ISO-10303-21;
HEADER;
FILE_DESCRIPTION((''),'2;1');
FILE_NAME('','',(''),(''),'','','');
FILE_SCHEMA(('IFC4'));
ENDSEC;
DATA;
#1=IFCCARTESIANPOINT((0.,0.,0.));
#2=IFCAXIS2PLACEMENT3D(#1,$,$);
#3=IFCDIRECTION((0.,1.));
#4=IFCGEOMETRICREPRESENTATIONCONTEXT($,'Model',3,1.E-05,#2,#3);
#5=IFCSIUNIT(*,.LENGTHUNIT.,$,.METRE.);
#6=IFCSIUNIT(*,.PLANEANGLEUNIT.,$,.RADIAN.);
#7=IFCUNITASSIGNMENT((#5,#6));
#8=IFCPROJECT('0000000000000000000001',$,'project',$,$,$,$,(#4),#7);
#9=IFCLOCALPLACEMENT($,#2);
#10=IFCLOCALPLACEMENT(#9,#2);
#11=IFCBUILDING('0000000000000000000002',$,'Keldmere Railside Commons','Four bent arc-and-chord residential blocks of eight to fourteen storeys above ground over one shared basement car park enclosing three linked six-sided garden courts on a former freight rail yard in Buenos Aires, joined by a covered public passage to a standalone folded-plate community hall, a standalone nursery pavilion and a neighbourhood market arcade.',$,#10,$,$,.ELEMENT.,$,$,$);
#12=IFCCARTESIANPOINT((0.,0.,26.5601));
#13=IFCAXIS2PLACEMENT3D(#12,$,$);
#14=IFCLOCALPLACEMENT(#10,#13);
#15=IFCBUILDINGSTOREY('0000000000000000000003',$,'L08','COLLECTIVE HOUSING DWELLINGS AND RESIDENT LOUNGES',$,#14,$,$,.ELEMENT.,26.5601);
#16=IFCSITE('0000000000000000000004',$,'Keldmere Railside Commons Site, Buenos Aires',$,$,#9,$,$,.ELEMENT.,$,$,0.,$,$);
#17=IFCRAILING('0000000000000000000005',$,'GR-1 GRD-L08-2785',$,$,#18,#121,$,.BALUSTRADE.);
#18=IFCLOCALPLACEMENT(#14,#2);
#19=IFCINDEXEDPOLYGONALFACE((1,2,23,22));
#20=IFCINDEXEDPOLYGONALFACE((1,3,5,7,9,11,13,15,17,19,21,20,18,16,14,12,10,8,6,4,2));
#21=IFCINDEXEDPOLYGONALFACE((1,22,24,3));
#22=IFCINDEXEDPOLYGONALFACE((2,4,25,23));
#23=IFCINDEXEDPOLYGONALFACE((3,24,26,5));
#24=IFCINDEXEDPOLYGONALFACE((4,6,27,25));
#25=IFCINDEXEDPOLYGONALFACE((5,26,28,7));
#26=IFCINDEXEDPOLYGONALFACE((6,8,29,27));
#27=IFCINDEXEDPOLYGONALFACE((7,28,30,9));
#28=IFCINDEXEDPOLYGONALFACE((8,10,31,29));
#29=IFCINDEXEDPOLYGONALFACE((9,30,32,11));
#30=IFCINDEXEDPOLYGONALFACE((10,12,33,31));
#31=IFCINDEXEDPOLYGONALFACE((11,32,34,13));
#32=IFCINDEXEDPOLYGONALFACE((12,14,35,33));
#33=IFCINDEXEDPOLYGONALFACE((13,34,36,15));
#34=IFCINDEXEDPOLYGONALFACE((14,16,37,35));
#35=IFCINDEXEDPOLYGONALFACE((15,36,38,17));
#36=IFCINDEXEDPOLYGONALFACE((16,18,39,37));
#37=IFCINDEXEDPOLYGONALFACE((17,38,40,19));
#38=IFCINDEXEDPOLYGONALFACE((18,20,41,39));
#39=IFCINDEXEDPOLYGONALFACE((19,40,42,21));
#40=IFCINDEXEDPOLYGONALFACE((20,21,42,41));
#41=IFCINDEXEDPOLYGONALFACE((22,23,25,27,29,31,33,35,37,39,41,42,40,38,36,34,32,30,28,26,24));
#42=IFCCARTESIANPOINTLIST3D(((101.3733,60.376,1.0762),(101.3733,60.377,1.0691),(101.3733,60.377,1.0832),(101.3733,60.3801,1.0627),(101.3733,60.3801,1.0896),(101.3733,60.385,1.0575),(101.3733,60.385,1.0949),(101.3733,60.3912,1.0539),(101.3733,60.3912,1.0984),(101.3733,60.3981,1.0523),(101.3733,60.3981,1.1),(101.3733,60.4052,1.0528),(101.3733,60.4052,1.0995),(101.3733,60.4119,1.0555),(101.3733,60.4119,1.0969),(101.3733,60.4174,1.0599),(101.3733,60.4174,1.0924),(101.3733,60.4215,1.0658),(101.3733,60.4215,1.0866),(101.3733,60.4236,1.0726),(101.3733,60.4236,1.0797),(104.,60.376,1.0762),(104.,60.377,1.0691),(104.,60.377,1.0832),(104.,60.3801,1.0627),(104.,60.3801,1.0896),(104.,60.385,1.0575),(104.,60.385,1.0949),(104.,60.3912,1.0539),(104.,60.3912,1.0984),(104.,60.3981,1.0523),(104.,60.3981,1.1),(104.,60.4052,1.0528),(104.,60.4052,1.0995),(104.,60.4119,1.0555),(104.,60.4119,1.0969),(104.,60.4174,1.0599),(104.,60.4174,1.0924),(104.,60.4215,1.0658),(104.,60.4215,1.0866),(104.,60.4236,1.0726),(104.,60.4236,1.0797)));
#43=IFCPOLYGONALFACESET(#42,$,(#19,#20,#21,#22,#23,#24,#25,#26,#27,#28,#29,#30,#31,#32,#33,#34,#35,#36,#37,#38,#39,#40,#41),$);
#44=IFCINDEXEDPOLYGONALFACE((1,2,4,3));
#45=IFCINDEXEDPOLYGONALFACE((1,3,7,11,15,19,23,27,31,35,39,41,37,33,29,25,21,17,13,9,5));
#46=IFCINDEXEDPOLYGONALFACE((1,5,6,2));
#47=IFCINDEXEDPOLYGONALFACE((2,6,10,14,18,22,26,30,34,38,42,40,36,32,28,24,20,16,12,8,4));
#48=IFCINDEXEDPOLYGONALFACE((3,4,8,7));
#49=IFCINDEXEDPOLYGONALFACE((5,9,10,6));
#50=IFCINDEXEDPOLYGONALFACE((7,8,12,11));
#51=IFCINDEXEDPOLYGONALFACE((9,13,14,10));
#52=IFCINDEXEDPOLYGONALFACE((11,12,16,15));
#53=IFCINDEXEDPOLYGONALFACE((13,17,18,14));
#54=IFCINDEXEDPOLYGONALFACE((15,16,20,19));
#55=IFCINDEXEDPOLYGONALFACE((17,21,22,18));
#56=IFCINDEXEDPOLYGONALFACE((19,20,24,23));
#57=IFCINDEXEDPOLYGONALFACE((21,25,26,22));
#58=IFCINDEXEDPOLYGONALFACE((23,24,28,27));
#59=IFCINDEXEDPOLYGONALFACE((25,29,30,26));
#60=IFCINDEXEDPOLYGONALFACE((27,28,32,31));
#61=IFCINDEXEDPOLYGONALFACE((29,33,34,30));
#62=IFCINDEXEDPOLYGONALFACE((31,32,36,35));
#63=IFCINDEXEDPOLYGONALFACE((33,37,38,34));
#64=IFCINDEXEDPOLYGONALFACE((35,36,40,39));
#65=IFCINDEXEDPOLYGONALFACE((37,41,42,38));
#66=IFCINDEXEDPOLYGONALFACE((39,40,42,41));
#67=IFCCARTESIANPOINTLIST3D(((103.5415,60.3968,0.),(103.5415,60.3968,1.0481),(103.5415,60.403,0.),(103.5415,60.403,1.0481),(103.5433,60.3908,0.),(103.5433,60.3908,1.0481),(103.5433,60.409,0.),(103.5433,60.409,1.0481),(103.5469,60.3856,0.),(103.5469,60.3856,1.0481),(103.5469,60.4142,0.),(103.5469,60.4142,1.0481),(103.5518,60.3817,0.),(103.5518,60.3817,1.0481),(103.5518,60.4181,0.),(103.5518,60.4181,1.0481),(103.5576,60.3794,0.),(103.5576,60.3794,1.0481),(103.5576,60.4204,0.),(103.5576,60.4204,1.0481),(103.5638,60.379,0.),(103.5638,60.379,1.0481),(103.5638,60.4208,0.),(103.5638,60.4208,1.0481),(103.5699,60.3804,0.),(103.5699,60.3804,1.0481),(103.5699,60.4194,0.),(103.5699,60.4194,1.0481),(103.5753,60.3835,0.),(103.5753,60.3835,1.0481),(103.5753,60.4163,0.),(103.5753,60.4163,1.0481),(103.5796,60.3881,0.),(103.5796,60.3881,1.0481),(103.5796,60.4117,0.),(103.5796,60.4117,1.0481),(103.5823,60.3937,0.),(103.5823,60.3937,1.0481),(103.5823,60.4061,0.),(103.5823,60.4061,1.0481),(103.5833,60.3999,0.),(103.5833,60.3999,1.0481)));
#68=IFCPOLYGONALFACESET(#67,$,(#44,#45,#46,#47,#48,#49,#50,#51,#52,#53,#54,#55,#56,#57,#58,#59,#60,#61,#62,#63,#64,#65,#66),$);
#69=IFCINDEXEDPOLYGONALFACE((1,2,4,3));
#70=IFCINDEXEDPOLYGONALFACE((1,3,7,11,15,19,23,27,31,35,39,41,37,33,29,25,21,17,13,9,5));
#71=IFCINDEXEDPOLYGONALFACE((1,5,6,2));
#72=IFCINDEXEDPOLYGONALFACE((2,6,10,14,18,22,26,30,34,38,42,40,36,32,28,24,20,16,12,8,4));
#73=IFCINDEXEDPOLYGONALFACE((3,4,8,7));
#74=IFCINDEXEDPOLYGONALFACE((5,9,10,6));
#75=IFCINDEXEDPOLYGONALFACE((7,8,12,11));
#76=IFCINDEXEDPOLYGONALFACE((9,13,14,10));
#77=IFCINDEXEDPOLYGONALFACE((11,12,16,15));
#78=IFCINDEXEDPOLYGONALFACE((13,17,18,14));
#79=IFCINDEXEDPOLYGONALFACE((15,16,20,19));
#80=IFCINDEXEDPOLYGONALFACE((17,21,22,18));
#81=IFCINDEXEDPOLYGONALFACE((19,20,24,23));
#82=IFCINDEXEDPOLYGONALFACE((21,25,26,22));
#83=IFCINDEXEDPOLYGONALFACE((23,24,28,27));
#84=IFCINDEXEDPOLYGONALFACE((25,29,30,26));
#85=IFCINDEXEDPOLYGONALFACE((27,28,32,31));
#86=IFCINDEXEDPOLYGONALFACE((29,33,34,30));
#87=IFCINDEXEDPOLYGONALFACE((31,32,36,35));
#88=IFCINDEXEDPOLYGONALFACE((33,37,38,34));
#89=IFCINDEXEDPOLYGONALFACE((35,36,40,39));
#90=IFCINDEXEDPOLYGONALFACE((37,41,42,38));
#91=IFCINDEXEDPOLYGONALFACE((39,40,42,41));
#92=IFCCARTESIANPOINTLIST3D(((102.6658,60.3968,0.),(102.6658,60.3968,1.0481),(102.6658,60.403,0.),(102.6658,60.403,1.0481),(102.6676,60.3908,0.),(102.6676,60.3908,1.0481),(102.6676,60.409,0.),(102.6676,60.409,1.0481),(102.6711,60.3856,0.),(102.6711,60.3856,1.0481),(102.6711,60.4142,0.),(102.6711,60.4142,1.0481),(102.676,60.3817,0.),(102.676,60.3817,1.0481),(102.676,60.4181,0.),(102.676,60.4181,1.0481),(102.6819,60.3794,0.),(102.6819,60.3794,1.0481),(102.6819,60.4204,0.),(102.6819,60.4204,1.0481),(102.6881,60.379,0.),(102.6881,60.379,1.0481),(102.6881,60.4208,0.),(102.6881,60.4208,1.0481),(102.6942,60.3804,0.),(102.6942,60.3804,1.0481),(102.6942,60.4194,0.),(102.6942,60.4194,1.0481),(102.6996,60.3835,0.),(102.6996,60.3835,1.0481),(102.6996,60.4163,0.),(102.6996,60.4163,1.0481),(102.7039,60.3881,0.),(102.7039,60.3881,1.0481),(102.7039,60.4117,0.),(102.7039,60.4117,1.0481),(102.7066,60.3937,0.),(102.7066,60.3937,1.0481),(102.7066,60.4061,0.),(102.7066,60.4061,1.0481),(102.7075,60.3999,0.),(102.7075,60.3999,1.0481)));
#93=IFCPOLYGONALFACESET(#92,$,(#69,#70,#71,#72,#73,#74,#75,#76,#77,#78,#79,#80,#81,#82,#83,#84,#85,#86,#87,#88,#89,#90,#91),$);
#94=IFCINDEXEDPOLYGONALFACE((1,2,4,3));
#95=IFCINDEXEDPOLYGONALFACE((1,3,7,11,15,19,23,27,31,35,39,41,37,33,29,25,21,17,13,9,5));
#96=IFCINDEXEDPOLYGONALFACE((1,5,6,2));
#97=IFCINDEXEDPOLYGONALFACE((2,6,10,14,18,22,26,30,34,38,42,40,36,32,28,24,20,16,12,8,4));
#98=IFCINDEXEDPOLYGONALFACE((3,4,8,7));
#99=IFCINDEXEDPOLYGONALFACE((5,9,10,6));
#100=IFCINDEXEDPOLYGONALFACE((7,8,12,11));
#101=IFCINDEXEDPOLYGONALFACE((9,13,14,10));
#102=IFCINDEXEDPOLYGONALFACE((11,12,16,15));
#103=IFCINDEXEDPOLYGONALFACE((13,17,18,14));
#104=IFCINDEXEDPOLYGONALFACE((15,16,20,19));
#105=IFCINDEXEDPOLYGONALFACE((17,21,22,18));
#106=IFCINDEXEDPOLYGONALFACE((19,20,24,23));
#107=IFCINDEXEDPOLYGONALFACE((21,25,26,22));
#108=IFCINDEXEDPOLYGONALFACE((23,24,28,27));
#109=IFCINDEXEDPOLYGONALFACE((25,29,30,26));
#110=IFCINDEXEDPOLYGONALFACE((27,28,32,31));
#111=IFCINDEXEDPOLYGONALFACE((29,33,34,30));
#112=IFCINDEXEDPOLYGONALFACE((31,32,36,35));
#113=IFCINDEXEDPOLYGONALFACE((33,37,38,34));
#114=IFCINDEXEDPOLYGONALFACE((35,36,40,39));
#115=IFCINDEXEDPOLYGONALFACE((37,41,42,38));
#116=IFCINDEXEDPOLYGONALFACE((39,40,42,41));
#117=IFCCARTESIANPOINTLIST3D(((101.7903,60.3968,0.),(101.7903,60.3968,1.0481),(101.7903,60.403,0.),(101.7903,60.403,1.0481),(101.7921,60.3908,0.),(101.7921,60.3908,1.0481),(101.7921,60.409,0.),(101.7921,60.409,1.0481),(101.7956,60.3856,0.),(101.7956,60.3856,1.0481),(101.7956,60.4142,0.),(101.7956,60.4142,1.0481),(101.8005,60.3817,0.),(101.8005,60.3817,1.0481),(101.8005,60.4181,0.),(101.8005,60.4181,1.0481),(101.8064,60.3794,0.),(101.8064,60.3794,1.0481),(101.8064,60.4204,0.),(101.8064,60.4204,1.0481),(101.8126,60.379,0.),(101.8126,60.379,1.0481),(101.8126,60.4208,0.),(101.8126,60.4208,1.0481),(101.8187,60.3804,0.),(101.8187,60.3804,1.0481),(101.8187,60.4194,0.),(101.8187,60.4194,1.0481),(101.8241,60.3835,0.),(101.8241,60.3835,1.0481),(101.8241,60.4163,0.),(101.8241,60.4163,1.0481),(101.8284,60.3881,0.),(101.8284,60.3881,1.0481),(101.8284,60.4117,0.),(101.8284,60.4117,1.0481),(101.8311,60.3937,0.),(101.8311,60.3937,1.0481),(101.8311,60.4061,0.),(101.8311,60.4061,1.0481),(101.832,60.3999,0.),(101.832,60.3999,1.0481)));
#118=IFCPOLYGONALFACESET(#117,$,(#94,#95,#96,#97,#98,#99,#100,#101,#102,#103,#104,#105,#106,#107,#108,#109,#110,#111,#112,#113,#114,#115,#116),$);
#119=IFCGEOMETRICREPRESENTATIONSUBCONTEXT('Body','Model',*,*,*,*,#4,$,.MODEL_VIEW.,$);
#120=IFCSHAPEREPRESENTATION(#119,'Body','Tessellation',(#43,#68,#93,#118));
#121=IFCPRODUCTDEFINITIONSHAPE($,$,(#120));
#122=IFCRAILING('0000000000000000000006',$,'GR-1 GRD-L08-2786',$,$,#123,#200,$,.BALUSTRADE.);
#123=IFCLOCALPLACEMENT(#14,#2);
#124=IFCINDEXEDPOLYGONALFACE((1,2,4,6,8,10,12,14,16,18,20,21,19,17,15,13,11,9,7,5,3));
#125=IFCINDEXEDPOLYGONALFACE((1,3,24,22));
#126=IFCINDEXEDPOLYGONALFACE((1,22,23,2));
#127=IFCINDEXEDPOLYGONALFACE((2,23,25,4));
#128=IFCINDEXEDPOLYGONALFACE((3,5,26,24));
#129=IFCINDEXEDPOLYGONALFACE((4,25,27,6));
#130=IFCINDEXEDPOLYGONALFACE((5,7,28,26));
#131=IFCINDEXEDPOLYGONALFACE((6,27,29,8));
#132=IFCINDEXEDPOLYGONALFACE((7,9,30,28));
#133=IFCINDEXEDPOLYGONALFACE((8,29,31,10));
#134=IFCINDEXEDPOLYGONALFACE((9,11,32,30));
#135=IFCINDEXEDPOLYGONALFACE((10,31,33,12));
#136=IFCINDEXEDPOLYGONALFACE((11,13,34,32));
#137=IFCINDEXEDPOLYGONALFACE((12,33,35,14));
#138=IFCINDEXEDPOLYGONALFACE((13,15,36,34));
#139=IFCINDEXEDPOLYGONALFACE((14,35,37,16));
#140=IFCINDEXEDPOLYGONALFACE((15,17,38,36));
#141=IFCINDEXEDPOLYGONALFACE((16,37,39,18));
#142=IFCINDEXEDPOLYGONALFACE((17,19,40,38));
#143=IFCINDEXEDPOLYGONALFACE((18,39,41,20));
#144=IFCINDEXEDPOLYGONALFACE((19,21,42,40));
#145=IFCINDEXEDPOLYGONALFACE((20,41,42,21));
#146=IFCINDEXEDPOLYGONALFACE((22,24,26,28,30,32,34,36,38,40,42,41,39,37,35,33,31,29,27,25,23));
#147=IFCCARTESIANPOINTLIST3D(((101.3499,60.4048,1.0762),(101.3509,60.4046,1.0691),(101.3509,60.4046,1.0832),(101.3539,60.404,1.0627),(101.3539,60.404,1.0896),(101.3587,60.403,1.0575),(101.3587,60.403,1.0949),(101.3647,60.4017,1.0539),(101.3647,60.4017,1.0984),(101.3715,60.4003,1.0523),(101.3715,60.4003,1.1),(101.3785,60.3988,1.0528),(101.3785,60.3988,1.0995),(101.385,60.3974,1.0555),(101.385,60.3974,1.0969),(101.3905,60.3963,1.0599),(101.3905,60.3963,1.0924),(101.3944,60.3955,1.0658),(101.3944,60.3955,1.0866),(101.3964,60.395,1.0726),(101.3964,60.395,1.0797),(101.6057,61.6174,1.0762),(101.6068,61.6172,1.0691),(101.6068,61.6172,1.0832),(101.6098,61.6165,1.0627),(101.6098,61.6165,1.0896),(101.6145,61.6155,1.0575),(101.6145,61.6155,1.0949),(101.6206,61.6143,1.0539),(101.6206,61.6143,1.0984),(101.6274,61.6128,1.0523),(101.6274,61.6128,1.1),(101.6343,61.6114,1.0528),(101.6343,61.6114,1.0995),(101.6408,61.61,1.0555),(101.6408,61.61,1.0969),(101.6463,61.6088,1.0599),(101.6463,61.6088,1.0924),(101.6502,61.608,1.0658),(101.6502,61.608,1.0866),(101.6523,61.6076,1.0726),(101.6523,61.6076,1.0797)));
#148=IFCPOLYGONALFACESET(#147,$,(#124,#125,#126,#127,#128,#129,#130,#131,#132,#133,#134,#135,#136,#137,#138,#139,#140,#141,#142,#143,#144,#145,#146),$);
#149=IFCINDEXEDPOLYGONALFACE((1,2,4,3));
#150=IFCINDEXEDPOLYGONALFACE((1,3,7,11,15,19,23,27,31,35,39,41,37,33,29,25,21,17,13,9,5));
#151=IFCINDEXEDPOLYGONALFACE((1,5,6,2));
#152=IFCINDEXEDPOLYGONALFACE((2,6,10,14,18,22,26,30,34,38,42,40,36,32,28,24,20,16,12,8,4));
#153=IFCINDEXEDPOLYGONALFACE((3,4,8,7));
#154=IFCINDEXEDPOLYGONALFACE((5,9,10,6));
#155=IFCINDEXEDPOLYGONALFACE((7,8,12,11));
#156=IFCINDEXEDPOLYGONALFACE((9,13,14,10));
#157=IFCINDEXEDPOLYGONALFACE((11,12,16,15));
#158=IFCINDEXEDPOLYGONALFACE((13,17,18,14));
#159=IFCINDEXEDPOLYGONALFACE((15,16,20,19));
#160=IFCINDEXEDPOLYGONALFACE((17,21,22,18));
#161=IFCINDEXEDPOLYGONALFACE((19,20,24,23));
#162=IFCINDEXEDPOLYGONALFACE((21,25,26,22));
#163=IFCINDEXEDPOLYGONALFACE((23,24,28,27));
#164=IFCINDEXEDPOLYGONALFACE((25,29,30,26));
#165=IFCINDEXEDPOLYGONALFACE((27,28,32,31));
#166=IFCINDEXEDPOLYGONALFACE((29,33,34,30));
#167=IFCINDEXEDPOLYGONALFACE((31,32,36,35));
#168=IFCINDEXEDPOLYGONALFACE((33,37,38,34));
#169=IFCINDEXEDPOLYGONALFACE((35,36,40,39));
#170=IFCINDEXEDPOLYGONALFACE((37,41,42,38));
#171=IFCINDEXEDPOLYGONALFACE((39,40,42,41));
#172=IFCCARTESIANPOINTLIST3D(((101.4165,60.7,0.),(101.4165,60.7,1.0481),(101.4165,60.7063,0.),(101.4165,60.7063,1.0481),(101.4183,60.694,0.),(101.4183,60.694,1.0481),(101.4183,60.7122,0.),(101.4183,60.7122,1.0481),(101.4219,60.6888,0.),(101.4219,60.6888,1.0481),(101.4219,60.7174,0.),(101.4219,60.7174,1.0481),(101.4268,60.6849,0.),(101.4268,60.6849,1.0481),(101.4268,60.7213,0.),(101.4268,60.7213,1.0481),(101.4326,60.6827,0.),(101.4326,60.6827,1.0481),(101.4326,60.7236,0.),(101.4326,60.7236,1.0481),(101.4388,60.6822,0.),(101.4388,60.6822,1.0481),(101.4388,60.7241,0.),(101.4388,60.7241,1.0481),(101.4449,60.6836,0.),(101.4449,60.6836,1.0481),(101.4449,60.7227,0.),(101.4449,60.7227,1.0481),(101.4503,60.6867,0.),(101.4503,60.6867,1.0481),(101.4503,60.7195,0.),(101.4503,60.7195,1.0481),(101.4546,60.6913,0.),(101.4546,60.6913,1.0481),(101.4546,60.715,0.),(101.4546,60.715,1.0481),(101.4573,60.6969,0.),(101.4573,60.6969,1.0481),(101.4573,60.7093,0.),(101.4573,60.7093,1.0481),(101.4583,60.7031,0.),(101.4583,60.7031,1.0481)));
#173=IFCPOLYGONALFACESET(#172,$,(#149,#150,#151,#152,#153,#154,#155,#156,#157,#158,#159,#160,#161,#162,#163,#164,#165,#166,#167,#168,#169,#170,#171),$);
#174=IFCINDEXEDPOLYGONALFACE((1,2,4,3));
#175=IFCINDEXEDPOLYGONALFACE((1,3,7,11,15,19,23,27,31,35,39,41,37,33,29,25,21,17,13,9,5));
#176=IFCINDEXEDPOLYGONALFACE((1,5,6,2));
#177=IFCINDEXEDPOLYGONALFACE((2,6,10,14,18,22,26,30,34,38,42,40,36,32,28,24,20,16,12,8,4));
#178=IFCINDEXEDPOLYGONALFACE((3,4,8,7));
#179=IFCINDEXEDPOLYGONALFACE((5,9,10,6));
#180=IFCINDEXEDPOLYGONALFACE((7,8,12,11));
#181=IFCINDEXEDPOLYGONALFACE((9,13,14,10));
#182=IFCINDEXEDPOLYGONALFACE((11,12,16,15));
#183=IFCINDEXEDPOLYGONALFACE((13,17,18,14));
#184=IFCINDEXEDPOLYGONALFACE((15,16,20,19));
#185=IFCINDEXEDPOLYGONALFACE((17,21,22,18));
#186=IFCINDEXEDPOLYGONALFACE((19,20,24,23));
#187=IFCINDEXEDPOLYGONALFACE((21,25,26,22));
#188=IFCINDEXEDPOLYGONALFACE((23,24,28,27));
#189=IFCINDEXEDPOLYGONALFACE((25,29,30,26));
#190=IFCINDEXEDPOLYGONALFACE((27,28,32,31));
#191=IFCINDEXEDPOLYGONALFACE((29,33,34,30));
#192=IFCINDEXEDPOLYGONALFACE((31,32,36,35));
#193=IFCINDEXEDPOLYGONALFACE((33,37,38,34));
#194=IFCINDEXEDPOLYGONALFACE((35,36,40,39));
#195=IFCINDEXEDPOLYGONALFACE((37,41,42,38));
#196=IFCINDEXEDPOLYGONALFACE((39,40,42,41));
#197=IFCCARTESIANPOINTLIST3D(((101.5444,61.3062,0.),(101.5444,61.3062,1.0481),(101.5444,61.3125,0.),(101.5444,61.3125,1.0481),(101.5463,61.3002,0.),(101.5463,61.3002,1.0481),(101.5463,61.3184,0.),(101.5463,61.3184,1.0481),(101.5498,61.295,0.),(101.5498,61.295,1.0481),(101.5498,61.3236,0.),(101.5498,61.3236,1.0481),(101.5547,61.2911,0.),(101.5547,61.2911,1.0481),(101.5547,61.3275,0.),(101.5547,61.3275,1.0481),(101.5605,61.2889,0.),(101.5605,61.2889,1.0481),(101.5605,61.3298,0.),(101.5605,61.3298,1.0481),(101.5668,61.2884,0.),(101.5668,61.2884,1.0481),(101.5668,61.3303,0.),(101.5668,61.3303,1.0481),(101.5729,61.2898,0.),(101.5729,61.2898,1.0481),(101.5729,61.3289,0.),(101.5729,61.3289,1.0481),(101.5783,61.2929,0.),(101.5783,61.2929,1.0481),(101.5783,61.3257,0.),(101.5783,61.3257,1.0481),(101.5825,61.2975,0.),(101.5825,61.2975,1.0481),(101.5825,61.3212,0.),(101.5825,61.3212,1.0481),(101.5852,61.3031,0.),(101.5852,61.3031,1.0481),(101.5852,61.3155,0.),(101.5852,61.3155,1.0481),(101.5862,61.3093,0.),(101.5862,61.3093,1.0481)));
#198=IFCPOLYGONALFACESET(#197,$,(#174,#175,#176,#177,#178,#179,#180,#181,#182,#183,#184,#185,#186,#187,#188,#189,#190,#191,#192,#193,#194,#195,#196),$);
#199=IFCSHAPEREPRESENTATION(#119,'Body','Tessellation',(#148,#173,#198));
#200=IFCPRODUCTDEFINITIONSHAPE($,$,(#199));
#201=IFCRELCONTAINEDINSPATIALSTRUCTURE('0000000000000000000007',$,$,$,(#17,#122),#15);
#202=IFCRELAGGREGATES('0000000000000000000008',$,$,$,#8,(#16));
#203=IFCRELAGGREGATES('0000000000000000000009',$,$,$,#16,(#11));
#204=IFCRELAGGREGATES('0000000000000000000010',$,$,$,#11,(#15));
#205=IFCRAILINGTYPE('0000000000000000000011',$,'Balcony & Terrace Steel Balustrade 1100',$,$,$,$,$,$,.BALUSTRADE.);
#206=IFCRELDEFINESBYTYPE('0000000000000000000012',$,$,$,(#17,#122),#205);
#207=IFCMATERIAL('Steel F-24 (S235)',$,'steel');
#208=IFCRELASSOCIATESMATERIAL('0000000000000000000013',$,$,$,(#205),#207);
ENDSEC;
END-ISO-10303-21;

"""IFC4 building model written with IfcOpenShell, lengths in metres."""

from ifc_helpers import new_model, si_unit, direction, frame, origin, origin_2d, place, context, subcontext, project, spatial, circle, extrude, material, type_object, element, save


model = new_model("IFC4")

# Units and contexts
model_context = context("Model", 3, precision=1e-05, world=origin(), true_north=direction((0.0, 1.0)))
body_context = subcontext(model_context, "Body", "Model", "MODEL_VIEW")
ifc_project = project(units=[si_unit("LENGTHUNIT", "METRE"), si_unit("PLANEANGLEUNIT", "RADIAN")], contexts=[model_context])

# Site, building, storey
site_placement = place(None, origin())
site = spatial("IfcSite", under=ifc_project, at=site_placement, Name="Keldmere Railside Commons Site, Buenos Aires", CompositionType="ELEMENT", RefElevation=0.0)
building_placement = place(site_placement, origin())
building = spatial("IfcBuilding", under=site, at=building_placement, Name="Keldmere Railside Commons", Description="Four bent arc-and-chord residential blocks of eight to fourteen storeys above ground over one shared basement car park enclosing three linked six-sided garden courts on a former freight rail yard in Buenos Aires, joined by a covered public passage to a standalone folded-plate community hall, a standalone nursery pavilion and a neighbourhood market arcade.", CompositionType="ELEMENT")
storey_placement = place(building_placement, frame((0.0, 0.0, 26.5601)))
storey = spatial("IfcBuildingStorey", under=building, at=storey_placement, Name="L08", Description="COLLECTIVE HOUSING DWELLINGS AND RESIDENT LOUNGES", CompositionType="ELEMENT", Elevation=26.5601)

# Railings
ifc_material_1 = material(Name="Steel F-24 (S235)", Category="steel")
railing_type_1 = type_object("IfcRailingType", Name="Balcony & Terrace Steel Balustrade 1100", PredefinedType="BALUSTRADE", material=ifc_material_1)
railing_1_placement = place(storey_placement, frame((104.0, 60.3999, 0.0)))
element("IfcRailing", 1, at=railing_1_placement, inside=storey, type_object=railing_type_1, Name="GR-1 GRD-L08-2785", PredefinedType="BALUSTRADE", context=body_context, shape_type="SweptSolid", body=[
    extrude(circle(Radius=0.0239, at=origin_2d()), frame((0.0, 0.0, 1.0762), z_axis=(-1.0, 0.0, 0.0), x_axis=(0.0, -1.0, 0.0)), (0.0, 0.0, 1.0), 2.6267),
    extrude(circle(Radius=0.021, at=origin_2d()), frame((-0.4377, 0.0, 0.0)), (0.0, 0.0, 1.0), 1.0481),
    extrude(circle(Radius=0.021, at=origin_2d()), frame((-1.3135, 0.0, 0.0)), (0.0, 0.0, 1.0), 1.0481),
    extrude(circle(Radius=0.021, at=origin_2d()), frame((-2.189, 0.0, 0.0)), (0.0, 0.0, 1.0), 1.0481),
])
railing_2_placement = place(storey_placement, frame((101.3733, 60.3999, 0.0)))
element("IfcRailing", 2, at=railing_2_placement, inside=storey, type_object=railing_type_1, Name="GR-1 GRD-L08-2786", PredefinedType="BALUSTRADE", context=body_context, shape_type="SweptSolid", body=[
    extrude(circle(Radius=0.0239, at=origin_2d()), frame((0.0, 0.0, 1.0762), z_axis=(0.206447, 0.978458, 0.0), x_axis=(-0.978458, 0.206447, 0.0)), (0.0, 0.0, 1.0), 1.2393),
    extrude(circle(Radius=0.021, at=origin_2d()), frame((0.064, 0.3032, 0.0)), (0.0, 0.0, 1.0), 1.0481),
    extrude(circle(Radius=0.021, at=origin_2d()), frame((0.1919, 0.9094, 0.0)), (0.0, 0.0, 1.0), 1.0481),
])

save(model, "model.ifc")
